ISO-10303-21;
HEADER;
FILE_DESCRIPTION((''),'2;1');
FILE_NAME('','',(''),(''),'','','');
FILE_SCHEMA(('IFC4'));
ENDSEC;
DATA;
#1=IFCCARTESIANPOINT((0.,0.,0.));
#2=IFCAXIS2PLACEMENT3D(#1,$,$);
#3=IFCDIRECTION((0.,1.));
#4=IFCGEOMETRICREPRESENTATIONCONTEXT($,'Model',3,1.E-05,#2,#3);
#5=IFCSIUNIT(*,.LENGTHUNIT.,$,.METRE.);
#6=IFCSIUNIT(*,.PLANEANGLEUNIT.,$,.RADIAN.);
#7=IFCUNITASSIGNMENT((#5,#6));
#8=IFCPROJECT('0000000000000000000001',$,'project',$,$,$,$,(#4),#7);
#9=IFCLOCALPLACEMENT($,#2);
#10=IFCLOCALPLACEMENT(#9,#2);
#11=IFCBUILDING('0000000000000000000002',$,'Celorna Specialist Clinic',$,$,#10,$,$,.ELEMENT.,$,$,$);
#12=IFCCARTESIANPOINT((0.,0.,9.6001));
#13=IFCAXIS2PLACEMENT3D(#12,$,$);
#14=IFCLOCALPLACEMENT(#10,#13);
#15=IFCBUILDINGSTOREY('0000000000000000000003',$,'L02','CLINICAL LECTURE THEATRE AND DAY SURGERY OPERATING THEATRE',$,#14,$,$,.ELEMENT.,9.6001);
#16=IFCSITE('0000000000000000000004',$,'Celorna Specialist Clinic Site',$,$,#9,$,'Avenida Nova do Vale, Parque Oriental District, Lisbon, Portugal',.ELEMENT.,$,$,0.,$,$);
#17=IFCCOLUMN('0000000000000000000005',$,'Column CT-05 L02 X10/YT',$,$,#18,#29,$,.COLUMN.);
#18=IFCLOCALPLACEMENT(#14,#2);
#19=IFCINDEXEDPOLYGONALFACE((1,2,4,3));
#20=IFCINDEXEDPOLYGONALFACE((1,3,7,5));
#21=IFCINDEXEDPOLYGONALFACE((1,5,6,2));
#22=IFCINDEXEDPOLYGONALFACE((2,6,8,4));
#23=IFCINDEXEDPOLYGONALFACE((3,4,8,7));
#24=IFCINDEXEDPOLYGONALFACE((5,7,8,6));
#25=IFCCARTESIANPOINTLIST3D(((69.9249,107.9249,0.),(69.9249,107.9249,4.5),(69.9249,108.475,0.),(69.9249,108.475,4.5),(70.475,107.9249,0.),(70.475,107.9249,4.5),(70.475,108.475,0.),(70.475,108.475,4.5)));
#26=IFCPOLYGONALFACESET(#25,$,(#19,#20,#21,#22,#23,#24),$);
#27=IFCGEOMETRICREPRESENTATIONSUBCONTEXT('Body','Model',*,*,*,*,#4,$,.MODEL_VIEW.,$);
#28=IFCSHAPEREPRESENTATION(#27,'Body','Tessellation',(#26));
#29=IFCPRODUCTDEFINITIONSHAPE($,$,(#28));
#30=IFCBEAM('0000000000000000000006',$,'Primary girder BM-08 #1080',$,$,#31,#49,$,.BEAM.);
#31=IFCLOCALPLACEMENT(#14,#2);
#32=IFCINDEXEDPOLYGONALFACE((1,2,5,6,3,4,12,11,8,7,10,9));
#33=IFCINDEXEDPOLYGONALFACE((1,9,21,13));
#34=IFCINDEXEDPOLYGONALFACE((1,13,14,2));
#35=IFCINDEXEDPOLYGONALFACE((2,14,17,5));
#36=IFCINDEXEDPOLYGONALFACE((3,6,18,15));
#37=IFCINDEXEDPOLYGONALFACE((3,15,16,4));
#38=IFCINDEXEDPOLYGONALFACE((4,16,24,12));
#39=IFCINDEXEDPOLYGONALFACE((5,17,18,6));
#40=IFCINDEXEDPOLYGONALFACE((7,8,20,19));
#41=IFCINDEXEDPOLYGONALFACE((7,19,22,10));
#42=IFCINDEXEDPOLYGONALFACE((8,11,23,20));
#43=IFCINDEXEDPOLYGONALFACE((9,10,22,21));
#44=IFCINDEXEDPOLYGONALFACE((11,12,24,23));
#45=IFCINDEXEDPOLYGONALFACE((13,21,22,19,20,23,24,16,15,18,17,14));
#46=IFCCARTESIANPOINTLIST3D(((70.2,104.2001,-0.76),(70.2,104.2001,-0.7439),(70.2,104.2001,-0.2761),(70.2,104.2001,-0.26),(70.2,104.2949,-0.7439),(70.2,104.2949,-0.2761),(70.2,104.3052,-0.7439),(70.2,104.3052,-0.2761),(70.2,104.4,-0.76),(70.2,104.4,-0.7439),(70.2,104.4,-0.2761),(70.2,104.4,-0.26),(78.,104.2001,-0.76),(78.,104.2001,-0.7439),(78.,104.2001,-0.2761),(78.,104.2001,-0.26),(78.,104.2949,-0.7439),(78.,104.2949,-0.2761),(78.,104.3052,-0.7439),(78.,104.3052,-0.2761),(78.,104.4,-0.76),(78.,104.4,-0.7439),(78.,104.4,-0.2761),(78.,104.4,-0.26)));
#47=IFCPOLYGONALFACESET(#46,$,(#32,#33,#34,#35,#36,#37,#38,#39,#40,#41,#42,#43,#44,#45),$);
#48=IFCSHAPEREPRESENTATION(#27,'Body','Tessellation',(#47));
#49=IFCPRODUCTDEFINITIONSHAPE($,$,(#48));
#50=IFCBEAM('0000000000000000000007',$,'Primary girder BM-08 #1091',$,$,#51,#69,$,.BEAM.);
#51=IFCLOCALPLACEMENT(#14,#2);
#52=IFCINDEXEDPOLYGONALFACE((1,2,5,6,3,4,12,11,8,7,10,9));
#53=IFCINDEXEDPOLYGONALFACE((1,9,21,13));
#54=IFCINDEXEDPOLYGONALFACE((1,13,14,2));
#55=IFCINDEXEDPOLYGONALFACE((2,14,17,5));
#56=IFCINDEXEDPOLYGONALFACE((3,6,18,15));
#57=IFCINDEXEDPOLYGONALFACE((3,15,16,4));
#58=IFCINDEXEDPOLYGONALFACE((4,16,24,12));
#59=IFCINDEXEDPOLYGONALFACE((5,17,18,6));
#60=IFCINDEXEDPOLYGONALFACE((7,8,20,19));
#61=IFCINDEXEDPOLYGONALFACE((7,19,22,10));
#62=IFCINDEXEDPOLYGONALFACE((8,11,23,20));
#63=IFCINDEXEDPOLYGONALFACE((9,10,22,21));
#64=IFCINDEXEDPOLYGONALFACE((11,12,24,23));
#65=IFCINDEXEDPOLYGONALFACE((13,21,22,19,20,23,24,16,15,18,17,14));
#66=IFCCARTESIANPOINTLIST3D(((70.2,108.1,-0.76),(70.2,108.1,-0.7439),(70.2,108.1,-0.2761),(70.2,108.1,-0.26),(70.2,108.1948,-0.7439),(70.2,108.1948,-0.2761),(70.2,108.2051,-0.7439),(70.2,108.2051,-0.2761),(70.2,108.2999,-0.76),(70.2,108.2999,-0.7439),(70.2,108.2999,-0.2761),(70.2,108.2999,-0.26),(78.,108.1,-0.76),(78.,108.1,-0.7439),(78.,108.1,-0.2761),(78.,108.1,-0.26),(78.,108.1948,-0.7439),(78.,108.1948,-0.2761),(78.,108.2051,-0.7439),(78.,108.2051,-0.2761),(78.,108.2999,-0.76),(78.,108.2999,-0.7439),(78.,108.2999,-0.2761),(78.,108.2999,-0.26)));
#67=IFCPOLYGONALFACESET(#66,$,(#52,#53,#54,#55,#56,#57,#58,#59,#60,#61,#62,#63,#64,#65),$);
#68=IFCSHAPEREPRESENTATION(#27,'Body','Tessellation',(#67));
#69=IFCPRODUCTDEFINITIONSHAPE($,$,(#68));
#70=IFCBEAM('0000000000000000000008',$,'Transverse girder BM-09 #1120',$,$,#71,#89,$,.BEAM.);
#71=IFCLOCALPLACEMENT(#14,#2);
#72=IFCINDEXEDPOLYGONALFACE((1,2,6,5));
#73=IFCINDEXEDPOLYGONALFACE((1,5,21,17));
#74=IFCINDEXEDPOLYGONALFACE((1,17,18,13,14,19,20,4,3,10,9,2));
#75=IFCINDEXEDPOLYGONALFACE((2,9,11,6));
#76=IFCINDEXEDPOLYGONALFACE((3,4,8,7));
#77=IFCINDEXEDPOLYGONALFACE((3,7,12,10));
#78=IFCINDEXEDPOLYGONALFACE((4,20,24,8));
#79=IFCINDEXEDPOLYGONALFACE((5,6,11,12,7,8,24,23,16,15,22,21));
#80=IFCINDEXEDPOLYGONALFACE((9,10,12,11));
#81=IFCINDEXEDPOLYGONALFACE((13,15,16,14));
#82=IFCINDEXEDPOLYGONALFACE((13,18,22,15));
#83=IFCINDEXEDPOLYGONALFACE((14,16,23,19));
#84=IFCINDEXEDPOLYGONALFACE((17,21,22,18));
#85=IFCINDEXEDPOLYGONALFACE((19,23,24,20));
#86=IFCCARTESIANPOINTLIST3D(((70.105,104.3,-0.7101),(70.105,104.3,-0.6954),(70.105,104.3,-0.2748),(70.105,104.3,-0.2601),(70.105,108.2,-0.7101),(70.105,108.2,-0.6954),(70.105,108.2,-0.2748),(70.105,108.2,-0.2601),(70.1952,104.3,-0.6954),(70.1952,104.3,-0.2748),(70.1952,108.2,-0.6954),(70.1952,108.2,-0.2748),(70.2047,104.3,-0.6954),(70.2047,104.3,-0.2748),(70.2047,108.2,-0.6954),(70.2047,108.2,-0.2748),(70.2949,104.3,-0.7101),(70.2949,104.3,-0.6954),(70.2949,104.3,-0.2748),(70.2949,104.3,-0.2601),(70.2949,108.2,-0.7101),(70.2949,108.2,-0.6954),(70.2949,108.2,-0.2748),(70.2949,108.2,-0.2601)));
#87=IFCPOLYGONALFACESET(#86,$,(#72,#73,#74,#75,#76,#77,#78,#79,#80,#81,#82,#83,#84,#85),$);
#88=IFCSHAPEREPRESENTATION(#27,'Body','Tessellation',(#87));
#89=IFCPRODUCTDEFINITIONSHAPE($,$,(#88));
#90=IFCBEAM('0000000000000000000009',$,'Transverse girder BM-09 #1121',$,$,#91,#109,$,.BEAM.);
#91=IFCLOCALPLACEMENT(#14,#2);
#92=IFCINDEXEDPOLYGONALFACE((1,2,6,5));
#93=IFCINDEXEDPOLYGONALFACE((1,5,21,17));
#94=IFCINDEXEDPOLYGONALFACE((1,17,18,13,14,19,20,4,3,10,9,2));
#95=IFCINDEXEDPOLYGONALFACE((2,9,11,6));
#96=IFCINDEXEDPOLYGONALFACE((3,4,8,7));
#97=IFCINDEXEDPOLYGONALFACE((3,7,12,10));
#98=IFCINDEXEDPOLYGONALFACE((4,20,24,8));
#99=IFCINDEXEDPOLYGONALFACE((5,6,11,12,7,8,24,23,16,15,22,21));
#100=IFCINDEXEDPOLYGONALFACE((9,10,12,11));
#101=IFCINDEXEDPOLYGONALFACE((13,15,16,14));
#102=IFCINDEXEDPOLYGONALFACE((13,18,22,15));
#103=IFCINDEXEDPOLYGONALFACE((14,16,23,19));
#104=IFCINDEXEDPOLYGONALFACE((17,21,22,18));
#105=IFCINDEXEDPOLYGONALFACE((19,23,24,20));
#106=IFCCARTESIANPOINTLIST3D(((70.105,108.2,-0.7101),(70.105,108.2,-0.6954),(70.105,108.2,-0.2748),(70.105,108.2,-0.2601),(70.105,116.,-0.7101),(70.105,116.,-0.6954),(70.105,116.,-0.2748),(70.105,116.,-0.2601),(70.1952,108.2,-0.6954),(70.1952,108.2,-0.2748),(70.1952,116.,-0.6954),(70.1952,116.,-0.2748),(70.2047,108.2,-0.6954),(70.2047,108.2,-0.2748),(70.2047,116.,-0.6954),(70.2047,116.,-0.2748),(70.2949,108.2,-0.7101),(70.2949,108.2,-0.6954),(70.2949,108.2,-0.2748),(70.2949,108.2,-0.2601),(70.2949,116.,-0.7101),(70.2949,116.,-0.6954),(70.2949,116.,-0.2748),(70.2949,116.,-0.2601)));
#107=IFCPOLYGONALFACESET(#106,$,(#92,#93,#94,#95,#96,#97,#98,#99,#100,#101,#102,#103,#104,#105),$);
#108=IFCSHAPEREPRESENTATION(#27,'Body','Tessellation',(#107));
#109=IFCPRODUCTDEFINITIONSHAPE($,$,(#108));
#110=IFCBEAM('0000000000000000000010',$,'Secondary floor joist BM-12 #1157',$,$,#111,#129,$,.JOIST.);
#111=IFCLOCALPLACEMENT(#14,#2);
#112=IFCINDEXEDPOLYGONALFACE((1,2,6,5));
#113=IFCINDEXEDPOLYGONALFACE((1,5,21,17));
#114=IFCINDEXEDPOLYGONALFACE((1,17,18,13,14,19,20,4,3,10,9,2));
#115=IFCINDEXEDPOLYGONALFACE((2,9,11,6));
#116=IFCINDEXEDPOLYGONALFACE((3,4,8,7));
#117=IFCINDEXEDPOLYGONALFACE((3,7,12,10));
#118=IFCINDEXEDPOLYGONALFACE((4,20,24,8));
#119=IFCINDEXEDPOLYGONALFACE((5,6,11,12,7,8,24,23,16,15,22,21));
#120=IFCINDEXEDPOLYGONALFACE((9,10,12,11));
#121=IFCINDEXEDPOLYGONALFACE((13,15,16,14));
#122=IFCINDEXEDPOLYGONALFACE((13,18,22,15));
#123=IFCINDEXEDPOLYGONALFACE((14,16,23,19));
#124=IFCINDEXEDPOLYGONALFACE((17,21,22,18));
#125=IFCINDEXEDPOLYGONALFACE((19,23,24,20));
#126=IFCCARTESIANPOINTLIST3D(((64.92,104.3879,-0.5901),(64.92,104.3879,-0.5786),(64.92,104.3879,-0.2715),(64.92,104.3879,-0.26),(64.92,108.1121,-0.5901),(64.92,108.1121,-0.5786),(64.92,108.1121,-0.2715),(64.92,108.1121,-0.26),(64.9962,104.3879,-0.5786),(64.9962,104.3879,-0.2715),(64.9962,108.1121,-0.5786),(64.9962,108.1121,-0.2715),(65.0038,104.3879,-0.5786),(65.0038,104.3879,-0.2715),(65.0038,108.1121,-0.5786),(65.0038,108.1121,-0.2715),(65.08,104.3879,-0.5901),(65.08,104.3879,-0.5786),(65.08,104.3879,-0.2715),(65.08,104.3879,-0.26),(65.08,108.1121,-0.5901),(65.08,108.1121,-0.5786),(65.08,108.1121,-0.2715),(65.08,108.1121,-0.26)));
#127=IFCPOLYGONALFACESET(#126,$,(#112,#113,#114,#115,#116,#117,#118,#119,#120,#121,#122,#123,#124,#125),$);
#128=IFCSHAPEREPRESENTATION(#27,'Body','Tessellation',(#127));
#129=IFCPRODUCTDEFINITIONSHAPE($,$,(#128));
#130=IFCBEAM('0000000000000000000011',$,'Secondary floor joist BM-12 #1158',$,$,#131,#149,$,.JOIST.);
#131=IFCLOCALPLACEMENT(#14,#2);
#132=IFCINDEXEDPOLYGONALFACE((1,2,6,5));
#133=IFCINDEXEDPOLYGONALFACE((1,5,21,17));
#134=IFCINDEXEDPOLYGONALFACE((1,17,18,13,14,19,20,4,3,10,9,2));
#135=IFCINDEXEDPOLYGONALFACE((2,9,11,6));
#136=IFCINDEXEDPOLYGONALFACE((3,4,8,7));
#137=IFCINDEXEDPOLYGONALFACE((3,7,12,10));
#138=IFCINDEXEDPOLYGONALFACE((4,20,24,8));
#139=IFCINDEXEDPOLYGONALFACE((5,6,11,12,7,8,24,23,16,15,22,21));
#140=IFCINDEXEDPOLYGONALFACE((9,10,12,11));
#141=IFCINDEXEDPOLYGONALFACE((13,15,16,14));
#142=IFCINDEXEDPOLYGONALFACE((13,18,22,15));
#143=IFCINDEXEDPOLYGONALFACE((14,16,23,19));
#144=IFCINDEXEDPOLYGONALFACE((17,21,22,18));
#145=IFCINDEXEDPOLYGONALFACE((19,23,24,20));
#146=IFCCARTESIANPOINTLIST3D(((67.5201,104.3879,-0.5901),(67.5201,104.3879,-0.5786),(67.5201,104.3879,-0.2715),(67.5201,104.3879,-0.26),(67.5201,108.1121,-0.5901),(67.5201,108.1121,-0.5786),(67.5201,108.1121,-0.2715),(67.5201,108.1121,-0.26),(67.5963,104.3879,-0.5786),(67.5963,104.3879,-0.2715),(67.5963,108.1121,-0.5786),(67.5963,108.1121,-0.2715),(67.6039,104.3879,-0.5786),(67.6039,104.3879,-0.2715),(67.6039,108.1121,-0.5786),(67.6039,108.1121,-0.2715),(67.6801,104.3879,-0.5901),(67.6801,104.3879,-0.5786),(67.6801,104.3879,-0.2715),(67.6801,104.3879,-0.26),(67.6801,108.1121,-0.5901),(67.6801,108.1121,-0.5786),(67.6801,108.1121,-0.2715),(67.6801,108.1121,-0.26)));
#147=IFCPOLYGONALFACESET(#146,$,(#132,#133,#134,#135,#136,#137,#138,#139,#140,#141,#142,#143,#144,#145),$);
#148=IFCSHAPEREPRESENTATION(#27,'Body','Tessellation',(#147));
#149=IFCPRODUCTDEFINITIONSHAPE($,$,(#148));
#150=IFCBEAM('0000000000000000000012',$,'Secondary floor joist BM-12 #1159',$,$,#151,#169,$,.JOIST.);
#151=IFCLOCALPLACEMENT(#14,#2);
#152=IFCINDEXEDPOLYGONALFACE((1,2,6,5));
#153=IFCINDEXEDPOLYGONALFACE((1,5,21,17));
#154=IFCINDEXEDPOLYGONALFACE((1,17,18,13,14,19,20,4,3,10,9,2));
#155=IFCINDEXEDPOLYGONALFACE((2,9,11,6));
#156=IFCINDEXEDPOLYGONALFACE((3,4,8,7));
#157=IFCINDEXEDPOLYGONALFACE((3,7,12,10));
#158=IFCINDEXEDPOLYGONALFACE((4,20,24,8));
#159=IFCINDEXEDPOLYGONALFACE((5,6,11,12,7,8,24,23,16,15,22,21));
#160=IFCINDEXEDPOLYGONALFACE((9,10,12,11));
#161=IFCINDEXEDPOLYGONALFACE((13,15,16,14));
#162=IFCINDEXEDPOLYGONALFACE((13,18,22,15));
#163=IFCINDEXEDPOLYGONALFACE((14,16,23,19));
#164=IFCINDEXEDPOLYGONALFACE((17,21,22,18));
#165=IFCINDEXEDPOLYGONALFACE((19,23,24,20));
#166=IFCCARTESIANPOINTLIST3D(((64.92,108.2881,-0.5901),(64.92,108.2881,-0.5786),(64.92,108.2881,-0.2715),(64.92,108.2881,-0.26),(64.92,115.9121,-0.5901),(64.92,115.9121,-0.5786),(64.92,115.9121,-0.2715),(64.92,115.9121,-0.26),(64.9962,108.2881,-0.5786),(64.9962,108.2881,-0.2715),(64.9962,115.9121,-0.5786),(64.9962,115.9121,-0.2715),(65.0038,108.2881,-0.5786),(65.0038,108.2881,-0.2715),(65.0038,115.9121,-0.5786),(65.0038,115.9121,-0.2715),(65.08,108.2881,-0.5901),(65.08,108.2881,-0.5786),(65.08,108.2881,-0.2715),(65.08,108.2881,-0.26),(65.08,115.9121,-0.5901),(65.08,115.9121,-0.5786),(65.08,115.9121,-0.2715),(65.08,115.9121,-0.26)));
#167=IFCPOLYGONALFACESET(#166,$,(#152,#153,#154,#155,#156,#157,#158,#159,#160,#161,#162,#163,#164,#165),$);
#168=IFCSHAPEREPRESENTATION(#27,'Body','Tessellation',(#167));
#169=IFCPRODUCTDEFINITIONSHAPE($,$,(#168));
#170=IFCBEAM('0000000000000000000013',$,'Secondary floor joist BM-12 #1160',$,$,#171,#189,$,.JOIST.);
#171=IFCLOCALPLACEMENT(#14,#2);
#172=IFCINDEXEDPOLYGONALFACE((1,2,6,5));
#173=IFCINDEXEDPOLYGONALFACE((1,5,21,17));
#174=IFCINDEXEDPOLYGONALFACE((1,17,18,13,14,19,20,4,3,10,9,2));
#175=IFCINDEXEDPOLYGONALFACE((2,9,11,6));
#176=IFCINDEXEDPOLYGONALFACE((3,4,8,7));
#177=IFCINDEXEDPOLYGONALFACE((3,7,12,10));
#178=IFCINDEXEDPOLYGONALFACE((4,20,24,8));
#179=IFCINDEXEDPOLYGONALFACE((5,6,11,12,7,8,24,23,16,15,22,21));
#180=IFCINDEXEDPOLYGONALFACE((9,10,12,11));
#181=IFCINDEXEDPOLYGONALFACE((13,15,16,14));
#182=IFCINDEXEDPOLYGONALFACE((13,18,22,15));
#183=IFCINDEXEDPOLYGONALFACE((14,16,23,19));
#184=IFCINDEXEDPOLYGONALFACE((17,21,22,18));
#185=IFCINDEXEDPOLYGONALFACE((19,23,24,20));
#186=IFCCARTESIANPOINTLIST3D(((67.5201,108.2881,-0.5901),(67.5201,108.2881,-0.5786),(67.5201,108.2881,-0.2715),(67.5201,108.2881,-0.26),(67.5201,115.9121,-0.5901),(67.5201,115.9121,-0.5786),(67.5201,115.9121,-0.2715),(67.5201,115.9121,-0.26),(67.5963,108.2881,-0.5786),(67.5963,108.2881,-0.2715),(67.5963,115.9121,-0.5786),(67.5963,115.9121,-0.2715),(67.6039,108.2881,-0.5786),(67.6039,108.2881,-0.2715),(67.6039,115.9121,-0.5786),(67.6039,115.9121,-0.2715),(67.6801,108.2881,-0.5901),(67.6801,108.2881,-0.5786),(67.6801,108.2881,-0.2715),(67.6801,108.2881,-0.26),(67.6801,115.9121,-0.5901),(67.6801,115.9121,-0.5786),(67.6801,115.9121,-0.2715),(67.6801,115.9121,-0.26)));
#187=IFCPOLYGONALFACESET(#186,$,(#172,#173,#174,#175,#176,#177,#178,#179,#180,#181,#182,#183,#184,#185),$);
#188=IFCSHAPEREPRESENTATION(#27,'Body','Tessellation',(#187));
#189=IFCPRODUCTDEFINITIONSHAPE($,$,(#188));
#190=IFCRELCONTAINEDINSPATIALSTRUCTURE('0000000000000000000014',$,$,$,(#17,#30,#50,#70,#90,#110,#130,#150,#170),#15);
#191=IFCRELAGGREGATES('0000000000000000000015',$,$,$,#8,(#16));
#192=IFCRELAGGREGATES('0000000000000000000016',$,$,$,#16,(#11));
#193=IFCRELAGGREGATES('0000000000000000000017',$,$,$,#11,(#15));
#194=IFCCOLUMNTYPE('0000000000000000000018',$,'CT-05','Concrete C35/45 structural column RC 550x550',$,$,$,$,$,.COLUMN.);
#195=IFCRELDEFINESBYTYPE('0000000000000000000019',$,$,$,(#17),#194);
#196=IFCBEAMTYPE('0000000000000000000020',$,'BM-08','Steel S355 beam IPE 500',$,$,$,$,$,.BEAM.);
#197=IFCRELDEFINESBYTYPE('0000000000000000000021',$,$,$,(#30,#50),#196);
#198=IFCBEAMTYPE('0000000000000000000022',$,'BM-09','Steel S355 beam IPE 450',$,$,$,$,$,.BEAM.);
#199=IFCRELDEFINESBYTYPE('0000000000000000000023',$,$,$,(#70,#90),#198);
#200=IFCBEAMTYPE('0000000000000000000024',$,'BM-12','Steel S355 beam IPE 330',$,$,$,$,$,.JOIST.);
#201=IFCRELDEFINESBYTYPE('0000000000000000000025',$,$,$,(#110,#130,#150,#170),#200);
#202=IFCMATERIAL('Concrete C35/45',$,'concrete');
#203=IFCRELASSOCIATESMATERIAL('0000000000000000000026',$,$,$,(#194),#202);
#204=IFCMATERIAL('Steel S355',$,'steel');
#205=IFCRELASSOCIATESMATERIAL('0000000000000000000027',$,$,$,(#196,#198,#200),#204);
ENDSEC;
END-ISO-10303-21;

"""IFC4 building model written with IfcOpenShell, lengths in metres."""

from ifc_helpers import new_model, si_unit, direction, frame, origin, origin_2d, place, context, subcontext, project, spatial, rectangle, i_section, extrude, material, material_profile, profile_set, type_object, element, save


model = new_model("IFC4")

# Units and contexts
model_context = context("Model", 3, precision=1e-05, world=origin(), true_north=direction((0.0, 1.0)))
body_context = subcontext(model_context, "Body", "Model", "MODEL_VIEW")
ifc_project = project(units=[si_unit("LENGTHUNIT", "METRE"), si_unit("PLANEANGLEUNIT", "RADIAN")], contexts=[model_context])

# Site, building, storey
site_placement = place(None, origin())
site = spatial("IfcSite", under=ifc_project, at=site_placement, Name="Celorna Specialist Clinic Site", LongName="Avenida Nova do Vale, Parque Oriental District, Lisbon, Portugal", CompositionType="ELEMENT", RefElevation=0.0)
building_placement = place(site_placement, origin())
building = spatial("IfcBuilding", under=site, at=building_placement, Name="Celorna Specialist Clinic", CompositionType="ELEMENT")
storey_placement = place(building_placement, frame((0.0, 0.0, 9.6001)))
storey = spatial("IfcBuildingStorey", under=building, at=storey_placement, Name="L02", Description="CLINICAL LECTURE THEATRE AND DAY SURGERY OPERATING THEATRE", CompositionType="ELEMENT", Elevation=9.6001)

# Column
ifc_material_1 = material(Name="Concrete C35/45", Category="concrete")
ifc_material_profile_1 = material_profile(ifc_material_1, rectangle(XDim=0.55, YDim=0.55, at=origin_2d()), Name="RC 550x550")
ifc_profile_set_1 = profile_set([ifc_material_profile_1], Name="Concrete C35/45")
column_type = type_object("IfcColumnType", Name="CT-05", Description="Concrete C35/45 structural column RC 550x550", PredefinedType="COLUMN", material=ifc_profile_set_1)
column_placement = place(storey_placement, frame((70.2, 108.2, 0.0), z_axis=(0.0, 0.0, 1.0), x_axis=(1.0, 0.0, 0.0)))
element("IfcColumn", 1, at=column_placement, inside=storey, type_object=column_type, Name="Column CT-05 L02 X10/YT", PredefinedType="COLUMN", context=body_context, shape_type="SweptSolid", body=[
    extrude(rectangle(XDim=0.55, YDim=0.55, at=origin_2d()), origin(), (0.0, 0.0, 1.0), 4.5),
])

# Beams
ifc_material_2 = material(Name="Steel S355", Category="steel")
ifc_material_profile_2 = material_profile(ifc_material_2, i_section(OverallWidth=0.2, OverallDepth=0.5, WebThickness=0.0103, FlangeThickness=0.0161, at=origin_2d()), Name="IPE 500")
ifc_profile_set_2 = profile_set([ifc_material_profile_2], Name="Steel S355")
beam_type_1 = type_object("IfcBeamType", Name="BM-08", Description="Steel S355 beam IPE 500", PredefinedType="BEAM", material=ifc_profile_set_2)
for number, where, z_axis, x_axis, name in (
    (2, (70.2, 104.3, -0.51), (1.0, 0.0, 0.0), (0.0, 1.0, 0.0), "Primary girder BM-08 #1080"),
    (3, (70.2, 108.2, -0.51), (1.0, 0.0, 0.0), (0.0, 1.0, 0.0), "Primary girder BM-08 #1091"),
):
    element("IfcBeam", number, at=place(storey_placement, frame(where, z_axis=z_axis, x_axis=x_axis)), inside=storey, type_object=beam_type_1, Name=name, PredefinedType="BEAM", context=body_context, shape_type="SweptSolid", body=[
        extrude(i_section(OverallWidth=0.2, OverallDepth=0.5, WebThickness=0.0103, FlangeThickness=0.0161, at=origin_2d()), origin(), (0.0, 0.0, 1.0), 7.8),
    ])
ifc_material_profile_3 = material_profile(ifc_material_2, i_section(OverallWidth=0.1899, OverallDepth=0.45, WebThickness=0.0095, FlangeThickness=0.0146, at=origin_2d()), Name="IPE 450")
ifc_profile_set_3 = profile_set([ifc_material_profile_3], Name="Steel S355")
beam_type_2 = type_object("IfcBeamType", Name="BM-09", Description="Steel S355 beam IPE 450", PredefinedType="BEAM", material=ifc_profile_set_3)
beam_1_placement = place(storey_placement, frame((70.2, 104.3, -0.4851), z_axis=(0.0, 1.0, 0.0), x_axis=(-1.0, 0.0, 0.0)))
element("IfcBeam", 4, at=beam_1_placement, inside=storey, type_object=beam_type_2, Name="Transverse girder BM-09 #1120", PredefinedType="BEAM", context=body_context, shape_type="SweptSolid", body=[
    extrude(i_section(OverallWidth=0.1899, OverallDepth=0.45, WebThickness=0.0095, FlangeThickness=0.0146, at=origin_2d()), origin(), (0.0, 0.0, 1.0), 3.8999),
])
beam_2_placement = place(storey_placement, frame((70.2, 108.2, -0.4851), z_axis=(0.0, 1.0, 0.0), x_axis=(-1.0, 0.0, 0.0)))
element("IfcBeam", 5, at=beam_2_placement, inside=storey, type_object=beam_type_2, Name="Transverse girder BM-09 #1121", PredefinedType="BEAM", context=body_context, shape_type="SweptSolid", body=[
    extrude(i_section(OverallWidth=0.1899, OverallDepth=0.45, WebThickness=0.0095, FlangeThickness=0.0146, at=origin_2d()), origin(), (0.0, 0.0, 1.0), 7.8),
])
ifc_material_profile_4 = material_profile(ifc_material_2, i_section(OverallWidth=0.1599, OverallDepth=0.3301, WebThickness=0.0076, FlangeThickness=0.0115, at=origin_2d()), Name="IPE 330")
ifc_profile_set_4 = profile_set([ifc_material_profile_4], Name="Steel S355")
beam_type_3 = type_object("IfcBeamType", Name="BM-12", Description="Steel S355 beam IPE 330", PredefinedType="JOIST", material=ifc_profile_set_4)
for number, where, z_axis, x_axis, name in (
    (6, (65.0, 104.3879, -0.425), (0.0, 1.0, 0.0), (-1.0, 0.0, 0.0), "Secondary floor joist BM-12 #1157"),
    (7, (67.6001, 104.3879, -0.425), (0.0, 1.0, 0.0), (-1.0, 0.0, 0.0), "Secondary floor joist BM-12 #1158"),
):
    element("IfcBeam", number, at=place(storey_placement, frame(where, z_axis=z_axis, x_axis=x_axis)), inside=storey, type_object=beam_type_3, Name=name, PredefinedType="JOIST", context=body_context, shape_type="SweptSolid", body=[
        extrude(i_section(OverallWidth=0.1599, OverallDepth=0.3301, WebThickness=0.0076, FlangeThickness=0.0115, at=origin_2d()), origin(), (0.0, 0.0, 1.0), 3.7241),
    ])
for number, where, z_axis, x_axis, name in (
    (8, (65.0, 108.2881, -0.425), (0.0, 1.0, 0.0), (-1.0, 0.0, 0.0), "Secondary floor joist BM-12 #1159"),
    (9, (67.6001, 108.2881, -0.425), (0.0, 1.0, 0.0), (-1.0, 0.0, 0.0), "Secondary floor joist BM-12 #1160"),
):
    element("IfcBeam", number, at=place(storey_placement, frame(where, z_axis=z_axis, x_axis=x_axis)), inside=storey, type_object=beam_type_3, Name=name, PredefinedType="JOIST", context=body_context, shape_type="SweptSolid", body=[
        extrude(i_section(OverallWidth=0.1599, OverallDepth=0.3301, WebThickness=0.0076, FlangeThickness=0.0115, at=origin_2d()), origin(), (0.0, 0.0, 1.0), 7.624),
    ])

save(model, "model.ifc")
